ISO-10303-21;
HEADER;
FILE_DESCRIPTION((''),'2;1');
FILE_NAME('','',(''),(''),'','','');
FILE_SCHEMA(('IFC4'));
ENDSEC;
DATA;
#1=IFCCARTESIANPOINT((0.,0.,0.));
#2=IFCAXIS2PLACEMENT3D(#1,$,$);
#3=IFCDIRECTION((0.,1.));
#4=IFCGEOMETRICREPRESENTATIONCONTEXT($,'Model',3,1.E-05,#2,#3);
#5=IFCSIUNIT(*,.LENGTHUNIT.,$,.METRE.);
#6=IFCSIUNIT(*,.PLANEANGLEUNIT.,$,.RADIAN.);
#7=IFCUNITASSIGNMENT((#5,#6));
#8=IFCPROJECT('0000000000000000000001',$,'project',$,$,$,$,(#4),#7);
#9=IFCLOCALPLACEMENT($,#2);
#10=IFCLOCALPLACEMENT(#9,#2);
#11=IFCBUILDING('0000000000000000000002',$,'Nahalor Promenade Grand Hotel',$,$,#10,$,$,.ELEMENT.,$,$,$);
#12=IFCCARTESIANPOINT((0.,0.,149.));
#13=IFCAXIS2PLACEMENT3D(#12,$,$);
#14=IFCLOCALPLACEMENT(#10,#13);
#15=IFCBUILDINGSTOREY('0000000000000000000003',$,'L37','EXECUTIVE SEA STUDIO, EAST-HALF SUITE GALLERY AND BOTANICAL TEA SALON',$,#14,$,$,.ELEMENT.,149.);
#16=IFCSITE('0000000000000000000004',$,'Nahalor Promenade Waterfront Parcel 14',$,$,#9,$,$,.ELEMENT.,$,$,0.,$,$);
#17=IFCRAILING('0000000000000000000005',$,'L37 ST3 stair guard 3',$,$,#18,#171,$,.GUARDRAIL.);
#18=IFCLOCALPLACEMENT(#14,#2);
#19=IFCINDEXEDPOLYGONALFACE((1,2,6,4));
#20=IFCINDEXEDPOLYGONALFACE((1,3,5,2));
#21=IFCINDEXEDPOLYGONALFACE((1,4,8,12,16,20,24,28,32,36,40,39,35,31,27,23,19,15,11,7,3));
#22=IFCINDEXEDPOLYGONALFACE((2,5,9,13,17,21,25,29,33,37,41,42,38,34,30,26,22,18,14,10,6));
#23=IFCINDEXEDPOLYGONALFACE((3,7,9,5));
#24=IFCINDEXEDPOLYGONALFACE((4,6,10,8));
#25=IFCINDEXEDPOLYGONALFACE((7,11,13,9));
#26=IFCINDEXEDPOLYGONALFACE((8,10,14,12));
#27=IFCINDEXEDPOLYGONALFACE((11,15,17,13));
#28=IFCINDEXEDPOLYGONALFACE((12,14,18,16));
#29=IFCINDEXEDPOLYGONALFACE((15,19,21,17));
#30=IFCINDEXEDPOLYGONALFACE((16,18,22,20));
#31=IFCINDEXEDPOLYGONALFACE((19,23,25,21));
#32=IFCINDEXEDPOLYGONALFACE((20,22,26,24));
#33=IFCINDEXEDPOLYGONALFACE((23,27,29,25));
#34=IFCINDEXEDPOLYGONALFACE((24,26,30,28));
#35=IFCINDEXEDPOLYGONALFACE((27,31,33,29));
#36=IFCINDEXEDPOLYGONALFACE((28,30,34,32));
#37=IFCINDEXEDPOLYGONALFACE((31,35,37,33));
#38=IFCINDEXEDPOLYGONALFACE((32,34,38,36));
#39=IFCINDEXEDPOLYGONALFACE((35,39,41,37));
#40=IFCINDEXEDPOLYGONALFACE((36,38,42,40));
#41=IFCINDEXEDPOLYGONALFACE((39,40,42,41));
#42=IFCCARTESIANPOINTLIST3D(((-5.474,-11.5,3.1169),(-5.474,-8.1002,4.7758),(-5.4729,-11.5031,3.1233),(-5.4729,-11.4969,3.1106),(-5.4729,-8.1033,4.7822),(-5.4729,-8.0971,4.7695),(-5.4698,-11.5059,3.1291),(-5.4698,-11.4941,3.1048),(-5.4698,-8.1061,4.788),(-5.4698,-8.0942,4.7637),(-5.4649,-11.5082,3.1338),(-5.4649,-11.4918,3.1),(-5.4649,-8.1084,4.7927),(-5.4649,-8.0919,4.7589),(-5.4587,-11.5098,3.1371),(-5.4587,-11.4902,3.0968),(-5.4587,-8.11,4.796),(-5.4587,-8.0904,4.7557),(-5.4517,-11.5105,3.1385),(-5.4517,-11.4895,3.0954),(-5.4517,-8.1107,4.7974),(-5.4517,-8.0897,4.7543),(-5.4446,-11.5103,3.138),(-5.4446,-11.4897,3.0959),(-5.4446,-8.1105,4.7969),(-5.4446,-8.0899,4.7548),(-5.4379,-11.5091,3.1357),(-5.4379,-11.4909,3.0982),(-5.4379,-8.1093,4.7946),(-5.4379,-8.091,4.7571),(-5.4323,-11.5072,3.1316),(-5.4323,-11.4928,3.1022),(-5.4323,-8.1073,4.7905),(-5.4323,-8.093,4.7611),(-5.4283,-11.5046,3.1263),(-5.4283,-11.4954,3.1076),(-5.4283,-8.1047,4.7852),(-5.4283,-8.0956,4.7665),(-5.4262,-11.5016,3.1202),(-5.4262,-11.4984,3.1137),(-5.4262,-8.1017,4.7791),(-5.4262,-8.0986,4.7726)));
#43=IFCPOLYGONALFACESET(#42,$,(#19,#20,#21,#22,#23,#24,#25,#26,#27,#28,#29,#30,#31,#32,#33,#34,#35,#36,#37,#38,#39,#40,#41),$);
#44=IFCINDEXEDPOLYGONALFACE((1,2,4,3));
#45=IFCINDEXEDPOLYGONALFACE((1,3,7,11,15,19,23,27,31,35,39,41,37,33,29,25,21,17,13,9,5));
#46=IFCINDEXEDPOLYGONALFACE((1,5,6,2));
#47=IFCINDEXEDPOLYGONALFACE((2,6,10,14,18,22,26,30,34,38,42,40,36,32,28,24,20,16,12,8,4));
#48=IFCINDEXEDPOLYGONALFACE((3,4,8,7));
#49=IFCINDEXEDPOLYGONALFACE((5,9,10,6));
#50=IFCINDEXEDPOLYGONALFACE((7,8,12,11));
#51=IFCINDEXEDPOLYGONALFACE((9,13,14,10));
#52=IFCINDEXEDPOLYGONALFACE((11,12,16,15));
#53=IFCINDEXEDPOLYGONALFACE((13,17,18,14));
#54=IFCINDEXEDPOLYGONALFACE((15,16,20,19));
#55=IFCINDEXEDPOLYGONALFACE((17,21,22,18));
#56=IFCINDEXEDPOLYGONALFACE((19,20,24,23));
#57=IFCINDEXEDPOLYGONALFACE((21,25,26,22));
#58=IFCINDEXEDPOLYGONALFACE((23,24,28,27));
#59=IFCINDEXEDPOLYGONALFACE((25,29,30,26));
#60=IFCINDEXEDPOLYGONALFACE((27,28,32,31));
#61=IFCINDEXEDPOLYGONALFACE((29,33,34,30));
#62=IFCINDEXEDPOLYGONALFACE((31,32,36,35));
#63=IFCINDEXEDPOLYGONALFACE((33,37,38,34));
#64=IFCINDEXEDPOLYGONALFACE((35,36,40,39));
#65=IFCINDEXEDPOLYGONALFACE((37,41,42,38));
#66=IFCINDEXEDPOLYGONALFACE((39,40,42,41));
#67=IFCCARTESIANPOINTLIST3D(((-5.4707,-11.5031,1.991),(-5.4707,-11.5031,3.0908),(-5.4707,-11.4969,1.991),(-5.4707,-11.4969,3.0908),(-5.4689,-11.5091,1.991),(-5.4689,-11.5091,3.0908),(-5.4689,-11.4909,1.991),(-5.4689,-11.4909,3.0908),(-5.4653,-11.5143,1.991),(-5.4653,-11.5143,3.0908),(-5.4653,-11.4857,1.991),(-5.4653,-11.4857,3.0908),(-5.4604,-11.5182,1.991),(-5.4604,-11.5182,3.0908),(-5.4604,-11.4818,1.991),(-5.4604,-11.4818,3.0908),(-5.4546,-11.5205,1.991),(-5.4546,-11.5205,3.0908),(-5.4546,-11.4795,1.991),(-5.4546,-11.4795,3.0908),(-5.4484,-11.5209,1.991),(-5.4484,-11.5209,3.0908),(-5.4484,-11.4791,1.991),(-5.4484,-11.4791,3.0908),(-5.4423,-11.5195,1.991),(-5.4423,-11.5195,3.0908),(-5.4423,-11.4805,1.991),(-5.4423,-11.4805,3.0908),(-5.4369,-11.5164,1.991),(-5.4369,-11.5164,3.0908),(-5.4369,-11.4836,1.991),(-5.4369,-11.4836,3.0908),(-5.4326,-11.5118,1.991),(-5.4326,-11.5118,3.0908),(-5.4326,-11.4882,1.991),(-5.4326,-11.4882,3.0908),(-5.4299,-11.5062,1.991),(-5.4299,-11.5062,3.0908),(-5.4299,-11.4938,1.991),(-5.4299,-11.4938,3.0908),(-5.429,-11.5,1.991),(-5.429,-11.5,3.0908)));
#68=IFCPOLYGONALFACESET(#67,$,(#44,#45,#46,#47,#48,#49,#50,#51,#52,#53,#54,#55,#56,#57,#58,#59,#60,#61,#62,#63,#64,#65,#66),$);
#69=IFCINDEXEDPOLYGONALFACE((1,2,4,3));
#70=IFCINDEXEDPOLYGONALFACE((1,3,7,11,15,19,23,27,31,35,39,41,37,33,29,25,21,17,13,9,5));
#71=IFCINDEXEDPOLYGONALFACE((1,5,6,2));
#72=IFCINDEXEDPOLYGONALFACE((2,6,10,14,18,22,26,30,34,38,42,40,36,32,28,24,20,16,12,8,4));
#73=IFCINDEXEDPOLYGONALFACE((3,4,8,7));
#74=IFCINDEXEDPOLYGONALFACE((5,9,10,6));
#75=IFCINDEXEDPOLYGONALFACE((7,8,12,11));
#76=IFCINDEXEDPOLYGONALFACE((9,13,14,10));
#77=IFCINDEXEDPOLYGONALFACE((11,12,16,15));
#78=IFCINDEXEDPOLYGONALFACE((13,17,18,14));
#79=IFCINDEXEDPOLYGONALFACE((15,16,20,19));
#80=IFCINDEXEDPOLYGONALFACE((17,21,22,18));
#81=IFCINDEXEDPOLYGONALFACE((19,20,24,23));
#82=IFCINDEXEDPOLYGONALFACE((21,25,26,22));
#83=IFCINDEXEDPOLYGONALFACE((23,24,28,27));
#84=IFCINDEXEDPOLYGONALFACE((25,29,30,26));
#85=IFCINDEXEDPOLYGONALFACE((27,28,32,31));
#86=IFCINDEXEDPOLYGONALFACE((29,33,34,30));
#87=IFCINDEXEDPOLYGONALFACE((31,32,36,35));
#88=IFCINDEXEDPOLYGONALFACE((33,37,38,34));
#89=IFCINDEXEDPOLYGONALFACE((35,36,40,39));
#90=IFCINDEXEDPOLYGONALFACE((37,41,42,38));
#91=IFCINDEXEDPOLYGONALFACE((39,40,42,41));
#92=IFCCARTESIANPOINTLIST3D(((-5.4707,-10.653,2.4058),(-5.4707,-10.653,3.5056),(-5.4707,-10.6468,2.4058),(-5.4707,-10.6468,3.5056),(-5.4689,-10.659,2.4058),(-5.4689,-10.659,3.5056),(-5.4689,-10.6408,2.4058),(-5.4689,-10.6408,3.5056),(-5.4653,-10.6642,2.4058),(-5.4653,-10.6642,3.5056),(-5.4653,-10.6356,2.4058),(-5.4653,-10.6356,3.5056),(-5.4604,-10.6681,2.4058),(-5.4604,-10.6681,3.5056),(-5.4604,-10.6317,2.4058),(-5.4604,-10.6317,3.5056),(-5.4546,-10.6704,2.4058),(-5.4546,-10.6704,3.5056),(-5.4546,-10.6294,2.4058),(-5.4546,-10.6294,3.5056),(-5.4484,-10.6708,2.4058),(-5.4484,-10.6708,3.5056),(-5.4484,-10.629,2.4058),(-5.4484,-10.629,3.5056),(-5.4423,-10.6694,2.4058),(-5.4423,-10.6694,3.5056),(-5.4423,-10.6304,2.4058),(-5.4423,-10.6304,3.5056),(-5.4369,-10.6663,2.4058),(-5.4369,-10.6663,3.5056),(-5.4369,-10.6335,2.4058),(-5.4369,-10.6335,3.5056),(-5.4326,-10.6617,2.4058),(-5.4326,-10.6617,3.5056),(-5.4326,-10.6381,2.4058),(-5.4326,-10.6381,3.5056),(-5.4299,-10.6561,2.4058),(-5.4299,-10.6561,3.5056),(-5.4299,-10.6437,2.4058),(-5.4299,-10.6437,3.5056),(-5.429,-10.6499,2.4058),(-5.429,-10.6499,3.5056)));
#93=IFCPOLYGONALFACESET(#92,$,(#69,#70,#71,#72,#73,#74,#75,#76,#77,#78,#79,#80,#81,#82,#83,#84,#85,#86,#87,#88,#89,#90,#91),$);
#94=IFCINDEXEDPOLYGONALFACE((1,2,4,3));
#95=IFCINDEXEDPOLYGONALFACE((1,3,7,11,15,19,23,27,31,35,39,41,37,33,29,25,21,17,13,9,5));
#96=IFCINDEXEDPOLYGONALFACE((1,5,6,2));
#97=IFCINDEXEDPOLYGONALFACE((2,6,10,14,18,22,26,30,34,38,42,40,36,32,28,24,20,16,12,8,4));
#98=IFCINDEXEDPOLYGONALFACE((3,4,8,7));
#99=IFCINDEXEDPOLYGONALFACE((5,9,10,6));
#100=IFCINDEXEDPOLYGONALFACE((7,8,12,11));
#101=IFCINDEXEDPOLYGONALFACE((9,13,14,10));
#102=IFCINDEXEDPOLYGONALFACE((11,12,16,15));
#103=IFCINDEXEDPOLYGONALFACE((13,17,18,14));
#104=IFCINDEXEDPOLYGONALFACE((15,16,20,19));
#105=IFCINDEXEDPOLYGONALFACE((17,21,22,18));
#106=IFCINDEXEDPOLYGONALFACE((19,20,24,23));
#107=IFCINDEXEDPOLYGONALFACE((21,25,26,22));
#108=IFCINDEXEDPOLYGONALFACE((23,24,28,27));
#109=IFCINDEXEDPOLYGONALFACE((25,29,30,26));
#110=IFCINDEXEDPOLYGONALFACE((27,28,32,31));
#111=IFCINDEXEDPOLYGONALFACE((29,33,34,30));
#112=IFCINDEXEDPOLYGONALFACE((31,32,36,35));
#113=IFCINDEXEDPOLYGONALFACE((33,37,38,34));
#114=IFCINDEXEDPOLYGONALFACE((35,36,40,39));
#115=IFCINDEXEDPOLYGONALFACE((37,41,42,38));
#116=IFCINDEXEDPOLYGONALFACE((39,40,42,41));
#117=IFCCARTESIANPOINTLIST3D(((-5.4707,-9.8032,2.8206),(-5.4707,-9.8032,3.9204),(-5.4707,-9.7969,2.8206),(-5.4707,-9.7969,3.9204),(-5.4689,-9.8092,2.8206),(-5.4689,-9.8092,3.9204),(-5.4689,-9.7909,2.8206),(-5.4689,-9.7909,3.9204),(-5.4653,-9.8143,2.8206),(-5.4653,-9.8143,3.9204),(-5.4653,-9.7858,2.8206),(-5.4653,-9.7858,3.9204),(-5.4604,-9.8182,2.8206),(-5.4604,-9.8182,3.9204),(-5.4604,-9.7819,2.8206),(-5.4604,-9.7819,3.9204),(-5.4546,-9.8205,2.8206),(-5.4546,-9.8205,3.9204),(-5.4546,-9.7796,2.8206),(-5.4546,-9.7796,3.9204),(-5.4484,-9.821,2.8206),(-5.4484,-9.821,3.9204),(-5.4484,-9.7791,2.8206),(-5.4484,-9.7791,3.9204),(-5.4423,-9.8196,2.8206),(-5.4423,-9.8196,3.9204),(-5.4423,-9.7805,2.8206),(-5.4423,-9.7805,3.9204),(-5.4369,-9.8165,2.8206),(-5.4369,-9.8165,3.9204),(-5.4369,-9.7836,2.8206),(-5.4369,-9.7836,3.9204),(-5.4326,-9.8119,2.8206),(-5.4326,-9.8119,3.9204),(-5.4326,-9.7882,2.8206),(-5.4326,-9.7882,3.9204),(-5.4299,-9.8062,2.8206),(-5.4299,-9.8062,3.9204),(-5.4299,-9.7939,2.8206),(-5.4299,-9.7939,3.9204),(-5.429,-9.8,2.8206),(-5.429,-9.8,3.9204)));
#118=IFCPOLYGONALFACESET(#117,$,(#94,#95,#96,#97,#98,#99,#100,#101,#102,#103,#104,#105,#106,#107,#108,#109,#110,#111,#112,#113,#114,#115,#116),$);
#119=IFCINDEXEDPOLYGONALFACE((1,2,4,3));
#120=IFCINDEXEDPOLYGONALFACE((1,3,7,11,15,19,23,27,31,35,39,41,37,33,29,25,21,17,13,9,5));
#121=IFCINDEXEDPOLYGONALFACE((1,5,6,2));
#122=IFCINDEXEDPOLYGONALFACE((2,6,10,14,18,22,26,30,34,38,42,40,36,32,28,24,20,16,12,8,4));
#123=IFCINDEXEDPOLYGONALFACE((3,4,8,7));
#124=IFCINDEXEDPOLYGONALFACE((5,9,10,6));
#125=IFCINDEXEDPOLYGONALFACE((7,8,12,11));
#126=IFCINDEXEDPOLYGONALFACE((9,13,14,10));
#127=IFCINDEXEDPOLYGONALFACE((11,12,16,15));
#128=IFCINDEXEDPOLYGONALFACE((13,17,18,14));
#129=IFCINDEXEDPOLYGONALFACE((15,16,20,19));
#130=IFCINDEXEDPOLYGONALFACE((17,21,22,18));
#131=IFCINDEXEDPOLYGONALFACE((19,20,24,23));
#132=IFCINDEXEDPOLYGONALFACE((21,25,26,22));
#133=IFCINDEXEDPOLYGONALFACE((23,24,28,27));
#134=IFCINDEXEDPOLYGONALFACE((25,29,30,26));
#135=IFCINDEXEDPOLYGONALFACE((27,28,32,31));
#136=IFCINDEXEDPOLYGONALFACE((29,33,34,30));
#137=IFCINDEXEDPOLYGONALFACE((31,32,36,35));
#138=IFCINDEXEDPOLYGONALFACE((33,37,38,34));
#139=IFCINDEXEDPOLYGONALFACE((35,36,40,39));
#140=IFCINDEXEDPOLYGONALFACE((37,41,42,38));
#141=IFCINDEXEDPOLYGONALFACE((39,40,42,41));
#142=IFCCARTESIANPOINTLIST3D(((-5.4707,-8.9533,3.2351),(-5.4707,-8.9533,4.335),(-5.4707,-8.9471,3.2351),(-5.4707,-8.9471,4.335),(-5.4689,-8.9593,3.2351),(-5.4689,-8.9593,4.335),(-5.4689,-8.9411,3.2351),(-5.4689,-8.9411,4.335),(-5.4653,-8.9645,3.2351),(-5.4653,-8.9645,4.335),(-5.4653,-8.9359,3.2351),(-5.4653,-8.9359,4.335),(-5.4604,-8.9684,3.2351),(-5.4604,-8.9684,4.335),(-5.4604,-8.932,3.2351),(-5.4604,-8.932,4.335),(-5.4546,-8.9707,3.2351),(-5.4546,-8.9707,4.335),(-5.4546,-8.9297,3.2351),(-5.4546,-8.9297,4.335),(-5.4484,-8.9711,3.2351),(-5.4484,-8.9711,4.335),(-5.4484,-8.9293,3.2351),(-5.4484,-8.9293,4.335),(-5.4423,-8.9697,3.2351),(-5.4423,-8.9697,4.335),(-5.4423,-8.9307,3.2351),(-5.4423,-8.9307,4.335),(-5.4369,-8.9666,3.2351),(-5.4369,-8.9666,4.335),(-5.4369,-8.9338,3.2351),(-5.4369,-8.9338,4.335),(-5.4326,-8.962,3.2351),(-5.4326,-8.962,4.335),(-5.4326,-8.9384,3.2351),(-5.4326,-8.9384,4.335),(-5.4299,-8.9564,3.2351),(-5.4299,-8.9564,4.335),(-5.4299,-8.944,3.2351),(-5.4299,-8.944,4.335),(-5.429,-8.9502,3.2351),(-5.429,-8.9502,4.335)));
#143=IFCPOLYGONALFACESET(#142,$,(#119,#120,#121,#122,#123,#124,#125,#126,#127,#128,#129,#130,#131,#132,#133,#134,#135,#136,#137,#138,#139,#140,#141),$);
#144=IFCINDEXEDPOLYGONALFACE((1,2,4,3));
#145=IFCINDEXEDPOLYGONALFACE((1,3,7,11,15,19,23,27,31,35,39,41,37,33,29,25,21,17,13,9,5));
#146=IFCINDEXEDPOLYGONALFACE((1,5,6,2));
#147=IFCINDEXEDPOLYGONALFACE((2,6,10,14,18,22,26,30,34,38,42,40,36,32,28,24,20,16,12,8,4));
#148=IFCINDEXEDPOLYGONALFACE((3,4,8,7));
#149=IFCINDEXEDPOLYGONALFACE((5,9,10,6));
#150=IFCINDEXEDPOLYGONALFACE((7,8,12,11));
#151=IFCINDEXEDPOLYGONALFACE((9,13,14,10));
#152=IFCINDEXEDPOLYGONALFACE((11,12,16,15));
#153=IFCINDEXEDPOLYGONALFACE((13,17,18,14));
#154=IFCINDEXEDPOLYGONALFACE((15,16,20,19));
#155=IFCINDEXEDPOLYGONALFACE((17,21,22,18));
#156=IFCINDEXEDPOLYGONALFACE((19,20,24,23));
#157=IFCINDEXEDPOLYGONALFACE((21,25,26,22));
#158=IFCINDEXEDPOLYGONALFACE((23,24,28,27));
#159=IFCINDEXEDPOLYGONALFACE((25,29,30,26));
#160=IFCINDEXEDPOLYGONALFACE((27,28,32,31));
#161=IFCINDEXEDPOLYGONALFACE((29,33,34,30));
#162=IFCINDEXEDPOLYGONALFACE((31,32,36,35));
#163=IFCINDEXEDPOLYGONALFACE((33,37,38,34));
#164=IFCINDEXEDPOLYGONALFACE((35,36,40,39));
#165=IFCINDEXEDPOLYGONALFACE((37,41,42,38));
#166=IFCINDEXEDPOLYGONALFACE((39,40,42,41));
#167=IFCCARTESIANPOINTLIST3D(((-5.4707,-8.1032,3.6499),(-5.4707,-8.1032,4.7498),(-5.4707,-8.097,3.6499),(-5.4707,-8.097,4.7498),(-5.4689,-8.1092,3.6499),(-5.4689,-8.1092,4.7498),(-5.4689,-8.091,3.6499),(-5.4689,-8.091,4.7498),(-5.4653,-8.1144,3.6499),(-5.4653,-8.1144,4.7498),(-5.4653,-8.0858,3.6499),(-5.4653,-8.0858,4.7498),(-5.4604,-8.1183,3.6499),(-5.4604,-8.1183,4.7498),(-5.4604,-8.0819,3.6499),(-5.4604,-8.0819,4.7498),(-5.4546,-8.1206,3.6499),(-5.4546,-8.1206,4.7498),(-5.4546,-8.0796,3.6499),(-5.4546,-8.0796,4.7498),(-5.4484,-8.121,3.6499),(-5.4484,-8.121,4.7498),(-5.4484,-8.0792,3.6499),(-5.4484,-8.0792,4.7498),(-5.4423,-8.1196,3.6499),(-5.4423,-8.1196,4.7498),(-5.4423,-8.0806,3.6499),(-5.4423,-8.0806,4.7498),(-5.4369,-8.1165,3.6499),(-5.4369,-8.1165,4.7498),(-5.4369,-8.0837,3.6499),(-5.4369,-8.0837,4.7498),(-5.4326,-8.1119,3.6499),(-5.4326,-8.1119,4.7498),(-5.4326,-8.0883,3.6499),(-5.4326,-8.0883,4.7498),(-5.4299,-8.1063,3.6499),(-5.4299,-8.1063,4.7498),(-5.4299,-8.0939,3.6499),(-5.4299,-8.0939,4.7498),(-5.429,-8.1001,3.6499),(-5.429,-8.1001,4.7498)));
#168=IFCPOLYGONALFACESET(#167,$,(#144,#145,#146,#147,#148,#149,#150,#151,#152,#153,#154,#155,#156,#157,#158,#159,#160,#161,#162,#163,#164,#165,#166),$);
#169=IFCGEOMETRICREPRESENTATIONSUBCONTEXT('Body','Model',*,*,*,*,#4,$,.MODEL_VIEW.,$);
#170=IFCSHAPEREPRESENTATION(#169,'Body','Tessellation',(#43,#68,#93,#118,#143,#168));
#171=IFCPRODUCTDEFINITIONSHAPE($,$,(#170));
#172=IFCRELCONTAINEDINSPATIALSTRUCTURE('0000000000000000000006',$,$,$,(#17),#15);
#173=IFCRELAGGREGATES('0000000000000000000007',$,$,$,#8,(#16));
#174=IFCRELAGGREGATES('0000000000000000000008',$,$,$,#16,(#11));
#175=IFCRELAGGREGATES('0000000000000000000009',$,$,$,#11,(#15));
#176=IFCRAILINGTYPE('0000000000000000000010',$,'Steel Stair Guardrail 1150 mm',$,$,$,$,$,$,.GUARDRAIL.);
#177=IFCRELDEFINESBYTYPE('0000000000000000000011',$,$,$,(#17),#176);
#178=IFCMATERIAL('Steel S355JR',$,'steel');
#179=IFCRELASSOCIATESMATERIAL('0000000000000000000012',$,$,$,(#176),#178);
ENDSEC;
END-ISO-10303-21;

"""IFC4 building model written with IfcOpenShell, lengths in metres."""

from ifc_helpers import new_model, si_unit, direction, frame, origin, origin_2d, place, context, subcontext, project, spatial, circle, extrude, material, type_object, element, save


model = new_model("IFC4")

# Units and contexts
model_context = context("Model", 3, precision=1e-05, world=origin(), true_north=direction((0.0, 1.0)))
body_context = subcontext(model_context, "Body", "Model", "MODEL_VIEW")
ifc_project = project(units=[si_unit("LENGTHUNIT", "METRE"), si_unit("PLANEANGLEUNIT", "RADIAN")], contexts=[model_context])

# Site, building, storey
site_placement = place(None, origin())
site = spatial("IfcSite", under=ifc_project, at=site_placement, Name="Nahalor Promenade Waterfront Parcel 14", CompositionType="ELEMENT", RefElevation=0.0)
building_placement = place(site_placement, origin())
building = spatial("IfcBuilding", under=site, at=building_placement, Name="Nahalor Promenade Grand Hotel", CompositionType="ELEMENT")
storey_placement = place(building_placement, frame((0.0, 0.0, 149.0)))
storey = spatial("IfcBuildingStorey", under=building, at=storey_placement, Name="L37", Description="EXECUTIVE SEA STUDIO, EAST-HALF SUITE GALLERY AND BOTANICAL TEA SALON", CompositionType="ELEMENT", Elevation=149.0)

# Shared definitions
ifc_material_1 = material(Name="Steel S355JR", Category="steel")

# Railing
railing_type_1 = type_object("IfcRailingType", Name="Steel Stair Guardrail 1150 mm", PredefinedType="GUARDRAIL", material=ifc_material_1)
railing_1_placement = place(storey_placement, frame((-5.45, -11.5, 1.991)))
element("IfcRailing", 1, at=railing_1_placement, inside=storey, type_object=railing_type_1, Name="L37 ST3 stair guard 3", PredefinedType="GUARDRAIL", context=body_context, shape_type="SweptSolid", body=[
    extrude(circle(Radius=0.024, at=origin_2d()), frame((0.0, 0.0, 1.126), z_axis=(0.0, 0.898722, 0.438519), x_axis=(-1.0, 0.0, 0.0)), (0.0, 0.0, 1.0), 3.783),
    extrude(circle(Radius=0.021, at=origin_2d()), origin(), (0.0, 0.0, 1.0), 1.0999),
    extrude(circle(Radius=0.021, at=origin_2d()), frame((0.0, 0.8501, 0.4148)), (0.0, 0.0, 1.0), 1.0999),
    extrude(circle(Radius=0.021, at=origin_2d()), frame((0.0, 1.7, 0.8296)), (0.0, 0.0, 1.0), 1.0999),
    extrude(circle(Radius=0.021, at=origin_2d()), frame((0.0, 2.5498, 1.2441)), (0.0, 0.0, 1.0), 1.0999),
    extrude(circle(Radius=0.021, at=origin_2d()), frame((0.0, 3.3999, 1.6589)), (0.0, 0.0, 1.0), 1.0999),
])

save(model, "model.ifc")
